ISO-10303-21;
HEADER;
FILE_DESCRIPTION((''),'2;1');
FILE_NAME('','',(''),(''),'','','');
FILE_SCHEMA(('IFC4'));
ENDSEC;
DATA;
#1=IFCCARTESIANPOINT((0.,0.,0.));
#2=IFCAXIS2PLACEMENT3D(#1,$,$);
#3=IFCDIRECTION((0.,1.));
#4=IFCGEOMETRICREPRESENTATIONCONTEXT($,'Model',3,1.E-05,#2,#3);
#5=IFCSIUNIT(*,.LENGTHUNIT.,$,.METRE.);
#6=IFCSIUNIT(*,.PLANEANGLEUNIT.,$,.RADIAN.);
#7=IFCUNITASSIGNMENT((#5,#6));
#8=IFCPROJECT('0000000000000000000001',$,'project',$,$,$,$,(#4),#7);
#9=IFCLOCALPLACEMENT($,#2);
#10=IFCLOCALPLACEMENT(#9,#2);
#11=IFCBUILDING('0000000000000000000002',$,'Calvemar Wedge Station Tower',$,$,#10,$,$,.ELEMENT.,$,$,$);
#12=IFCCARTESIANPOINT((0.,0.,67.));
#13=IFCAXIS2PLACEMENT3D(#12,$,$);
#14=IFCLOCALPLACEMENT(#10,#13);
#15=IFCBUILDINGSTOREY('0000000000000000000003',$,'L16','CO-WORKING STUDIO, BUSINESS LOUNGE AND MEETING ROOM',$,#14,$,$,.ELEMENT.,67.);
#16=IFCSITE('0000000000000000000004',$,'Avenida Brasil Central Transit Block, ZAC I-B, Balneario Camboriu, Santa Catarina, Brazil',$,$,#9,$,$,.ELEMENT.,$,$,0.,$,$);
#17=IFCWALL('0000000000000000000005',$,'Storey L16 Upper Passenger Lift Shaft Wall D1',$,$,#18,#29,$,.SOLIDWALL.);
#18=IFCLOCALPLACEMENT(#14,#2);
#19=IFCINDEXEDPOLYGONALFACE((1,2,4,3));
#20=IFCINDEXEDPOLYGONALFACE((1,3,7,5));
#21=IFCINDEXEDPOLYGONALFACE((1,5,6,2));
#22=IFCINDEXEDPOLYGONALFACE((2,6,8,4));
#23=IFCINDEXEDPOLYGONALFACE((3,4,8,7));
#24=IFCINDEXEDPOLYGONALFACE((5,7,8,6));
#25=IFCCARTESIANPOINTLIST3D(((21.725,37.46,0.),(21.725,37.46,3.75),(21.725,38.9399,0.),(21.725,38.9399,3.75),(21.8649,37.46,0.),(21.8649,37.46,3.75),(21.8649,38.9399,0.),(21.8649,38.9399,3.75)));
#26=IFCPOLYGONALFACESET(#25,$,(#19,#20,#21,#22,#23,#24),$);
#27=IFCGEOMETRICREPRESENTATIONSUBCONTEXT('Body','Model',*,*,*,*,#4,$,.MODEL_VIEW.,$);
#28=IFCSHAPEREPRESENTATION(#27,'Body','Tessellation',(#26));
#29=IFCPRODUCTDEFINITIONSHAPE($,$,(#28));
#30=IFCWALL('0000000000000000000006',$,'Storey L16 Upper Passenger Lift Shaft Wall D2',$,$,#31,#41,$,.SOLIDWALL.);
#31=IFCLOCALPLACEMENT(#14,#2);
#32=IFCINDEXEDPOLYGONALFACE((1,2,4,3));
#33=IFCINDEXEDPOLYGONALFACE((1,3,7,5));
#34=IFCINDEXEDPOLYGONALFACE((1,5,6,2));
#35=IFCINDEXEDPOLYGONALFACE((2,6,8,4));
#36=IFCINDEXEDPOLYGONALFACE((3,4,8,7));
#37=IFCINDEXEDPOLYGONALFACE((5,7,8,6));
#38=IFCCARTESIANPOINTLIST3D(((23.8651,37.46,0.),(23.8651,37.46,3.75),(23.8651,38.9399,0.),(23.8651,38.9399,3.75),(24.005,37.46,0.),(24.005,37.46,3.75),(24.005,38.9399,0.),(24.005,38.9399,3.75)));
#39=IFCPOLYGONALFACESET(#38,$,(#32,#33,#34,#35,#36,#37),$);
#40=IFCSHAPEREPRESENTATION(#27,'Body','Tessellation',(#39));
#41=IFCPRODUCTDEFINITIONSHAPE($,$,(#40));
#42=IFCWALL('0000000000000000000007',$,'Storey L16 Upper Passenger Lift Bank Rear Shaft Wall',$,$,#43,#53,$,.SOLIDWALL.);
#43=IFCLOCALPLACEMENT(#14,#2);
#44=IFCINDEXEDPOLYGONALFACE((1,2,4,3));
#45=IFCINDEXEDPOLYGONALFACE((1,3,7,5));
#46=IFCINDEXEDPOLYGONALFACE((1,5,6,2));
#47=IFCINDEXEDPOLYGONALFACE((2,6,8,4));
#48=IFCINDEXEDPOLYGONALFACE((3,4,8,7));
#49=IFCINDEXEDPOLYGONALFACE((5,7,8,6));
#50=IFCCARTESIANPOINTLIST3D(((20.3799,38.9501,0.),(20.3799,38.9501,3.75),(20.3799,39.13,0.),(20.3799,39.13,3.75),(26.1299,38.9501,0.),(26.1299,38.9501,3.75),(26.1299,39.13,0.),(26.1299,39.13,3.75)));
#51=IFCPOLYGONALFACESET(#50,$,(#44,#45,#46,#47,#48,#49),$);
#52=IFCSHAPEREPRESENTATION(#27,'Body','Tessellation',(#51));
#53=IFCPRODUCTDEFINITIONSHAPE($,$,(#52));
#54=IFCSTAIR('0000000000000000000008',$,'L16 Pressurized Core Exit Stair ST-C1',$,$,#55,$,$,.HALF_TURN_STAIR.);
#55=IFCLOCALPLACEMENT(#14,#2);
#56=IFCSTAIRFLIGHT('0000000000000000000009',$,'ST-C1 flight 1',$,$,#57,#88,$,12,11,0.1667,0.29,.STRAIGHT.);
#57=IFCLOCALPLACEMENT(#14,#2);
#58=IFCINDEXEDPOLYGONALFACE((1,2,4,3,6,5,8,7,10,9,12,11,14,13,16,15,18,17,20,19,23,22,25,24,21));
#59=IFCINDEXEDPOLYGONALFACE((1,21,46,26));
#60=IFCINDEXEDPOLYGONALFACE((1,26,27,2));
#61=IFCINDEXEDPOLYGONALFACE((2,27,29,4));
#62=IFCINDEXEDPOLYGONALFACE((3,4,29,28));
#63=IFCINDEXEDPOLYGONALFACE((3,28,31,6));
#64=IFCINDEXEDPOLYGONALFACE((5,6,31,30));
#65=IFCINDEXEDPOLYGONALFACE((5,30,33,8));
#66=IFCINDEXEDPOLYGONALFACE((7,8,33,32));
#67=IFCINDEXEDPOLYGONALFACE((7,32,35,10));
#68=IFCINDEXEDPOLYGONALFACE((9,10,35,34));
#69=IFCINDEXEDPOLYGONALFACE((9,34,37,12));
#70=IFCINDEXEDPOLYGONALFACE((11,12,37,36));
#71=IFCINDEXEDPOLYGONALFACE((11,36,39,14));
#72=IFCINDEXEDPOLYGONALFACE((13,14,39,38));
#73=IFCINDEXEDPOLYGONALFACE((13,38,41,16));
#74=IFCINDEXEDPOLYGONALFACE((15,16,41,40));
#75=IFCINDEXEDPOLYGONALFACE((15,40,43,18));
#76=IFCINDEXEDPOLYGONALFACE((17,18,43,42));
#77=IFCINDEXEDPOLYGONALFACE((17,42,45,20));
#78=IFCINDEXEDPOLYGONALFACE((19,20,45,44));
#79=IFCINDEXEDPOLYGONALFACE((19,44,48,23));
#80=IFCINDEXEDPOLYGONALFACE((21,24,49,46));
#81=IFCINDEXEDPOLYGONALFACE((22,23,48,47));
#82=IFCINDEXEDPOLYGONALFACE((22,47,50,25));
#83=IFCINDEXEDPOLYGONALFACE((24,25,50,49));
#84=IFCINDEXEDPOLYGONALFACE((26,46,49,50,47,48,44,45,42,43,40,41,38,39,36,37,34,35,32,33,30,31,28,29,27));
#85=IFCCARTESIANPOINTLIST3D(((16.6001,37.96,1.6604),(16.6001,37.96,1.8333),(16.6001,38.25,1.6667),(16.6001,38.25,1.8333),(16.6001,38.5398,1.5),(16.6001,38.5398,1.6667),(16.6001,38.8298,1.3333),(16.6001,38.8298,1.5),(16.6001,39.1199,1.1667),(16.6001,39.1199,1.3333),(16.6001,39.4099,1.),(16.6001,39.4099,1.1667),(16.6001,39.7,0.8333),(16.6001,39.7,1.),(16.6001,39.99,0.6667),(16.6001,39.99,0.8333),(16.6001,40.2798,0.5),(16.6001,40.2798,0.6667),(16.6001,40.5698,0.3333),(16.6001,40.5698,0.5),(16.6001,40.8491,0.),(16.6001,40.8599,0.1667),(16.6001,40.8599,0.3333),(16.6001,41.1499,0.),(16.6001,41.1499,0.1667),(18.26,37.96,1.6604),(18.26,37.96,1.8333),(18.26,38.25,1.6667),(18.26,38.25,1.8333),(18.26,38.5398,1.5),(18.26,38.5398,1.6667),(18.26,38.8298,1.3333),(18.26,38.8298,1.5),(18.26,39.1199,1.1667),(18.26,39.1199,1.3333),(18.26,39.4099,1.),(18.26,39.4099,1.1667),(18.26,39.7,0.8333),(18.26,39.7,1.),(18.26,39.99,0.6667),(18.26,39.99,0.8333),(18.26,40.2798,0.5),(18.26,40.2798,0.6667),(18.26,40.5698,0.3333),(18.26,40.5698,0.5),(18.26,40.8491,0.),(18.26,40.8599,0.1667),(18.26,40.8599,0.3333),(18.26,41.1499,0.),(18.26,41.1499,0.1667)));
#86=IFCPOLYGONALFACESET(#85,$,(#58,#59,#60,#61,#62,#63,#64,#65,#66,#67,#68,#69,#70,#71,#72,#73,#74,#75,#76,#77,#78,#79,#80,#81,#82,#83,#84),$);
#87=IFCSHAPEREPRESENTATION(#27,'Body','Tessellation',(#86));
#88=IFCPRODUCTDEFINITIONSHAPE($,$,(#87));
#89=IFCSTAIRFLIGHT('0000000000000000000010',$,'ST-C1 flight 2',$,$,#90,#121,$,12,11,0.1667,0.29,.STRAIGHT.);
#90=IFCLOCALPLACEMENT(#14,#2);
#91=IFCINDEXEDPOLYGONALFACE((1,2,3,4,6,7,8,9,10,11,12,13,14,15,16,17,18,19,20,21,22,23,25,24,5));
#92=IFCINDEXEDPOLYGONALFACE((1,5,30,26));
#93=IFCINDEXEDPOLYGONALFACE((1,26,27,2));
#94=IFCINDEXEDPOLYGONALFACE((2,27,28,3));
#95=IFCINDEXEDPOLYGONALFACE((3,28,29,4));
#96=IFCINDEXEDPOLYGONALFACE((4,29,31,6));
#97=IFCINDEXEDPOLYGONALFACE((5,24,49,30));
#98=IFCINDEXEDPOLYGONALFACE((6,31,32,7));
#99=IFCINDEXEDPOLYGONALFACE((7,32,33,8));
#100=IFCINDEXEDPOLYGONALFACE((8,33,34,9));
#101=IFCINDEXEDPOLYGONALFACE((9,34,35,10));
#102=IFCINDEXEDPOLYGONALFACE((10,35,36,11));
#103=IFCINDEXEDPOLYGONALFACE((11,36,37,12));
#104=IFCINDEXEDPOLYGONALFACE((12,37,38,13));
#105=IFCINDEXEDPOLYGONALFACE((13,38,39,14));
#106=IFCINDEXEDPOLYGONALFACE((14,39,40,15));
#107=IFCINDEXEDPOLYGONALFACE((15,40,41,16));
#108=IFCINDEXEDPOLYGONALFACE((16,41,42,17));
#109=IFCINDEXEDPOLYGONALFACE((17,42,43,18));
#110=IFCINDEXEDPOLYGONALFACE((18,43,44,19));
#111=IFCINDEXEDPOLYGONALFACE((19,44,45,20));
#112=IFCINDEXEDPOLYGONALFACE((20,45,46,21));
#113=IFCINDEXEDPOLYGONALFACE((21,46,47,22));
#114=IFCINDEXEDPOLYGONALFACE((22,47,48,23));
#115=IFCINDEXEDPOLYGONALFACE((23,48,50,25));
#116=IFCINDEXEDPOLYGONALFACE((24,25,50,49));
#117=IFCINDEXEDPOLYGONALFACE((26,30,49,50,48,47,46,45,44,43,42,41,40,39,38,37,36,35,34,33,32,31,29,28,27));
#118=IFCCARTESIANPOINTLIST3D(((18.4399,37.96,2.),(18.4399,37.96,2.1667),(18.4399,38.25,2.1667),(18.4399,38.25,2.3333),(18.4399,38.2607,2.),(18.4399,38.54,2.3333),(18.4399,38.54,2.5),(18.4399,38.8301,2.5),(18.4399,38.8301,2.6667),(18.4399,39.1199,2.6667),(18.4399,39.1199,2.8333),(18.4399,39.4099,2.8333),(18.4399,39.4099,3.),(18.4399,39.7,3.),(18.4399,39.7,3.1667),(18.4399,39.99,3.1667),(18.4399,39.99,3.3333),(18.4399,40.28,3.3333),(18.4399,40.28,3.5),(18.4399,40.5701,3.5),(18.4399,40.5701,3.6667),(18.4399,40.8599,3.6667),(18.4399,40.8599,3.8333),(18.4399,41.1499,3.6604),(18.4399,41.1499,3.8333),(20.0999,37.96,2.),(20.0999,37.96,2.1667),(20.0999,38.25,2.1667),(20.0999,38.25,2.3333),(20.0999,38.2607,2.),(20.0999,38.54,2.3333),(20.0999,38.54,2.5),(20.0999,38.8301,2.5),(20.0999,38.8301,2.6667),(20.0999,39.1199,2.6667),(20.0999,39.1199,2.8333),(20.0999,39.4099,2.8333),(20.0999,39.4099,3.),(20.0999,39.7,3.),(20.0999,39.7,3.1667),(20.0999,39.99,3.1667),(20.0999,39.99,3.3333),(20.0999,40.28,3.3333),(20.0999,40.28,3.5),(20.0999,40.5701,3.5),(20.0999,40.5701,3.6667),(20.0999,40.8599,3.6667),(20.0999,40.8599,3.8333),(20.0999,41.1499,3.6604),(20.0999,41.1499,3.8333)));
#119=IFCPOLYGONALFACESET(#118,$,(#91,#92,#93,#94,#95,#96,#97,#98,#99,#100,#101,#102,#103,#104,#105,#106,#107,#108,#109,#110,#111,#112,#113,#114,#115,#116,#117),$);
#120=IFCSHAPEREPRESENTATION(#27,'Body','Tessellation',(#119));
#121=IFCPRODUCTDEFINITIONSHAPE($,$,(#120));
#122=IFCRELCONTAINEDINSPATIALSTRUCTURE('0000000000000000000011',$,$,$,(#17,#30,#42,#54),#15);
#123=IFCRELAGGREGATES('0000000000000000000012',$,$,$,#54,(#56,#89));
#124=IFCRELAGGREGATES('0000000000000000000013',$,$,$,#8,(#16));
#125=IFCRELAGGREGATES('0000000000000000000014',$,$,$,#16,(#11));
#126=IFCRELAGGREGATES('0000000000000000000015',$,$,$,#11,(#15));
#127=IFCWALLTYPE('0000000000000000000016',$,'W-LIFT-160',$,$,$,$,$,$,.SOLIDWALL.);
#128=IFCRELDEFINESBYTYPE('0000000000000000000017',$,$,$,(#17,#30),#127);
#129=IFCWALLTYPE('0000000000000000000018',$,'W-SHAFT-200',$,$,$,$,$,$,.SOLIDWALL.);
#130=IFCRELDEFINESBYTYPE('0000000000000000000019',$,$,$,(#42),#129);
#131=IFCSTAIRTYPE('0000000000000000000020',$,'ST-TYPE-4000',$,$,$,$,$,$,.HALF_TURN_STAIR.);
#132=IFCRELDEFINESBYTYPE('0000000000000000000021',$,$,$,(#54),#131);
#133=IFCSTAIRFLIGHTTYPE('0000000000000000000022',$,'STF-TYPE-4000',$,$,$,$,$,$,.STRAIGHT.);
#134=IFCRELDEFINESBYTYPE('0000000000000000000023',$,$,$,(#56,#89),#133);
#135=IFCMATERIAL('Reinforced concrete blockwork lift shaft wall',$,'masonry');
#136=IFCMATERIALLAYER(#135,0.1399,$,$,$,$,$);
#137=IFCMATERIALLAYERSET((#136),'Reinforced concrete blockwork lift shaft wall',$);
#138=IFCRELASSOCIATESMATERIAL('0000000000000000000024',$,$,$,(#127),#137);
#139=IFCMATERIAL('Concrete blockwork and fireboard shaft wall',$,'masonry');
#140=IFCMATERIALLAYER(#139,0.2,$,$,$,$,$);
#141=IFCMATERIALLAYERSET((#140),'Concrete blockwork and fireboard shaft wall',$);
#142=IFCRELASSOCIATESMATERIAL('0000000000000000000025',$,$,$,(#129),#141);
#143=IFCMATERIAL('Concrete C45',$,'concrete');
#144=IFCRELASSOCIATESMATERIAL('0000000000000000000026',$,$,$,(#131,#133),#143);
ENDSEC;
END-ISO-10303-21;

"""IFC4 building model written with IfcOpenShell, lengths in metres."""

from ifc_helpers import new_model, si_unit, direction, frame, frame_2d, origin, place, context, subcontext, project, spatial, polyline, rectangle, outline, extrude, material, layer, layer_set, type_object, element, aggregate, save


model = new_model("IFC4")

# Units and contexts
model_context = context("Model", 3, precision=1e-05, world=origin(), true_north=direction((0.0, 1.0)))
body_context = subcontext(model_context, "Body", "Model", "MODEL_VIEW")
ifc_project = project(units=[si_unit("LENGTHUNIT", "METRE"), si_unit("PLANEANGLEUNIT", "RADIAN")], contexts=[model_context])

# Site, building, storey
site_placement = place(None, origin())
site = spatial("IfcSite", under=ifc_project, at=site_placement, Name="Avenida Brasil Central Transit Block, ZAC I-B, Balneario Camboriu, Santa Catarina, Brazil", CompositionType="ELEMENT", RefElevation=0.0)
building_placement = place(site_placement, origin())
building = spatial("IfcBuilding", under=site, at=building_placement, Name="Calvemar Wedge Station Tower", CompositionType="ELEMENT")
storey_placement = place(building_placement, frame((0.0, 0.0, 67.0)))
storey = spatial("IfcBuildingStorey", under=building, at=storey_placement, Name="L16", Description="CO-WORKING STUDIO, BUSINESS LOUNGE AND MEETING ROOM", CompositionType="ELEMENT", Elevation=67.0)

# Shared definitions
ifc_material_1 = material(Name="Reinforced concrete blockwork lift shaft wall", Category="masonry")
ifc_layer_1 = layer(ifc_material_1, 0.1399)
ifc_layer_set_1 = layer_set([ifc_layer_1], Name="Reinforced concrete blockwork lift shaft wall")
wall_type_1 = type_object("IfcWallType", Name="W-LIFT-160", PredefinedType="SOLIDWALL", material=ifc_layer_set_1)

# Walls
for number, where, z_axis, x_axis, name in (
    (1, (21.7949, 37.46, 0.0), (0.0, 0.0, 1.0), (0.0, 1.0, 0.0), "Storey L16 Upper Passenger Lift Shaft Wall D1"),
    (2, (23.9351, 37.46, 0.0), (0.0, 0.0, 1.0), (0.0, 1.0, 0.0), "Storey L16 Upper Passenger Lift Shaft Wall D2"),
):
    element("IfcWall", number, at=place(storey_placement, frame(where, z_axis=z_axis, x_axis=x_axis)), inside=storey, type_object=wall_type_1, Name=name, PredefinedType="SOLIDWALL", context=body_context, shape_type="SweptSolid", body=[
        extrude(rectangle(XDim=1.48, YDim=0.1399, at=frame_2d((0.74, 0.0))), origin(), (0.0, 0.0, 1.0), 3.75),
    ])
ifc_material_2 = material(Name="Concrete blockwork and fireboard shaft wall", Category="masonry")
ifc_layer_2 = layer(ifc_material_2, 0.2)
ifc_layer_set_2 = layer_set([ifc_layer_2], Name="Concrete blockwork and fireboard shaft wall")
wall_type_2 = type_object("IfcWallType", Name="W-SHAFT-200", PredefinedType="SOLIDWALL", material=ifc_layer_set_2)
wall_1_placement = place(storey_placement, frame((20.3799, 39.04, 0.0), z_axis=(0.0, 0.0, 1.0), x_axis=(1.0, 0.0, 0.0)))
element("IfcWall", 3, at=wall_1_placement, inside=storey, type_object=wall_type_2, Name="Storey L16 Upper Passenger Lift Bank Rear Shaft Wall", PredefinedType="SOLIDWALL", context=body_context, shape_type="SweptSolid", body=[
    extrude(rectangle(XDim=5.75, YDim=0.1799, at=frame_2d((2.875, 0.0))), origin(), (0.0, 0.0, 1.0), 3.75),
])

# Stair, stair flights
ifc_material_3 = material(Name="Concrete C45", Category="concrete")
stair_type = type_object("IfcStairType", Name="ST-TYPE-4000", PredefinedType="HALF_TURN_STAIR", material=ifc_material_3)
stair_placement = place(storey_placement, origin())
stair = element("IfcStair", 4, at=stair_placement, inside=storey, type_object=stair_type, Name="L16 Pressurized Core Exit Stair ST-C1", PredefinedType="HALF_TURN_STAIR")
stair_flight_type = type_object("IfcStairFlightType", Name="STF-TYPE-4000", PredefinedType="STRAIGHT", material=ifc_material_3)
stair_flight_1_placement = place(storey_placement, frame((17.4299, 41.1499, 0.0), z_axis=(0.0, 0.0, 1.0), x_axis=(0.0, -1.0, 0.0)))
stair_flight_1 = element("IfcStairFlight", 5, at=stair_flight_1_placement, type_object=stair_flight_type, Name="ST-C1 flight 1", NumberOfRisers=12, NumberOfTreads=11, PredefinedType="STRAIGHT", RiserHeight=0.1667, TreadLength=0.29, context=body_context, shape_type="SweptSolid", body=[
    extrude(outline(polyline([(0.0, 0.0), (0.0, 0.1667), (0.29, 0.1667), (0.29, 0.3333), (0.5801, 0.3333), (0.5801, 0.5), (0.8701, 0.5), (0.8701, 0.6667), (1.1599, 0.6667), (1.1599, 0.8333), (1.45, 0.8333), (1.45, 1.0), (1.74, 1.0), (1.74, 1.1667), (2.03, 1.1667), (2.03, 1.3333), (2.3201, 1.3333), (2.3201, 1.5), (2.6101, 1.5), (2.6101, 1.6667), (2.8999, 1.6667), (2.8999, 1.8333), (3.1899, 1.8333), (3.1899, 2.0), (3.1899, 1.6604), (0.3008, 0.0), (0.0, 0.0)])), frame((0.0, 0.8301, 0.0), z_axis=(0.0, -1.0, 0.0), x_axis=(1.0, 0.0, 0.0)), (0.0, 0.0, 1.0), 1.6599),
])
stair_flight_2_placement = place(storey_placement, frame((19.27, 37.96, 2.0), z_axis=(0.0, 0.0, 1.0), x_axis=(0.0, 1.0, 0.0)))
stair_flight_2 = element("IfcStairFlight", 6, at=stair_flight_2_placement, type_object=stair_flight_type, Name="ST-C1 flight 2", NumberOfRisers=12, NumberOfTreads=11, PredefinedType="STRAIGHT", RiserHeight=0.1667, TreadLength=0.29, context=body_context, shape_type="SweptSolid", body=[
    extrude(outline(polyline([(0.0, 0.0), (0.0, 0.1667), (0.29, 0.1667), (0.29, 0.3333), (0.5801, 0.3333), (0.5801, 0.5), (0.8701, 0.5), (0.8701, 0.6667), (1.1599, 0.6667), (1.1599, 0.8333), (1.45, 0.8333), (1.45, 1.0), (1.74, 1.0), (1.74, 1.1667), (2.03, 1.1667), (2.03, 1.3333), (2.3201, 1.3333), (2.3201, 1.5), (2.6101, 1.5), (2.6101, 1.6667), (2.8999, 1.6667), (2.8999, 1.8333), (3.1899, 1.8333), (3.1899, 2.0), (3.1899, 1.6604), (0.3008, 0.0), (0.0, 0.0)])), frame((0.0, 0.8301, 0.0), z_axis=(0.0, -1.0, 0.0), x_axis=(1.0, 0.0, 0.0)), (0.0, 0.0, 1.0), 1.6599),
])
aggregate(stair, [stair_flight_1, stair_flight_2])

save(model, "model.ifc")
